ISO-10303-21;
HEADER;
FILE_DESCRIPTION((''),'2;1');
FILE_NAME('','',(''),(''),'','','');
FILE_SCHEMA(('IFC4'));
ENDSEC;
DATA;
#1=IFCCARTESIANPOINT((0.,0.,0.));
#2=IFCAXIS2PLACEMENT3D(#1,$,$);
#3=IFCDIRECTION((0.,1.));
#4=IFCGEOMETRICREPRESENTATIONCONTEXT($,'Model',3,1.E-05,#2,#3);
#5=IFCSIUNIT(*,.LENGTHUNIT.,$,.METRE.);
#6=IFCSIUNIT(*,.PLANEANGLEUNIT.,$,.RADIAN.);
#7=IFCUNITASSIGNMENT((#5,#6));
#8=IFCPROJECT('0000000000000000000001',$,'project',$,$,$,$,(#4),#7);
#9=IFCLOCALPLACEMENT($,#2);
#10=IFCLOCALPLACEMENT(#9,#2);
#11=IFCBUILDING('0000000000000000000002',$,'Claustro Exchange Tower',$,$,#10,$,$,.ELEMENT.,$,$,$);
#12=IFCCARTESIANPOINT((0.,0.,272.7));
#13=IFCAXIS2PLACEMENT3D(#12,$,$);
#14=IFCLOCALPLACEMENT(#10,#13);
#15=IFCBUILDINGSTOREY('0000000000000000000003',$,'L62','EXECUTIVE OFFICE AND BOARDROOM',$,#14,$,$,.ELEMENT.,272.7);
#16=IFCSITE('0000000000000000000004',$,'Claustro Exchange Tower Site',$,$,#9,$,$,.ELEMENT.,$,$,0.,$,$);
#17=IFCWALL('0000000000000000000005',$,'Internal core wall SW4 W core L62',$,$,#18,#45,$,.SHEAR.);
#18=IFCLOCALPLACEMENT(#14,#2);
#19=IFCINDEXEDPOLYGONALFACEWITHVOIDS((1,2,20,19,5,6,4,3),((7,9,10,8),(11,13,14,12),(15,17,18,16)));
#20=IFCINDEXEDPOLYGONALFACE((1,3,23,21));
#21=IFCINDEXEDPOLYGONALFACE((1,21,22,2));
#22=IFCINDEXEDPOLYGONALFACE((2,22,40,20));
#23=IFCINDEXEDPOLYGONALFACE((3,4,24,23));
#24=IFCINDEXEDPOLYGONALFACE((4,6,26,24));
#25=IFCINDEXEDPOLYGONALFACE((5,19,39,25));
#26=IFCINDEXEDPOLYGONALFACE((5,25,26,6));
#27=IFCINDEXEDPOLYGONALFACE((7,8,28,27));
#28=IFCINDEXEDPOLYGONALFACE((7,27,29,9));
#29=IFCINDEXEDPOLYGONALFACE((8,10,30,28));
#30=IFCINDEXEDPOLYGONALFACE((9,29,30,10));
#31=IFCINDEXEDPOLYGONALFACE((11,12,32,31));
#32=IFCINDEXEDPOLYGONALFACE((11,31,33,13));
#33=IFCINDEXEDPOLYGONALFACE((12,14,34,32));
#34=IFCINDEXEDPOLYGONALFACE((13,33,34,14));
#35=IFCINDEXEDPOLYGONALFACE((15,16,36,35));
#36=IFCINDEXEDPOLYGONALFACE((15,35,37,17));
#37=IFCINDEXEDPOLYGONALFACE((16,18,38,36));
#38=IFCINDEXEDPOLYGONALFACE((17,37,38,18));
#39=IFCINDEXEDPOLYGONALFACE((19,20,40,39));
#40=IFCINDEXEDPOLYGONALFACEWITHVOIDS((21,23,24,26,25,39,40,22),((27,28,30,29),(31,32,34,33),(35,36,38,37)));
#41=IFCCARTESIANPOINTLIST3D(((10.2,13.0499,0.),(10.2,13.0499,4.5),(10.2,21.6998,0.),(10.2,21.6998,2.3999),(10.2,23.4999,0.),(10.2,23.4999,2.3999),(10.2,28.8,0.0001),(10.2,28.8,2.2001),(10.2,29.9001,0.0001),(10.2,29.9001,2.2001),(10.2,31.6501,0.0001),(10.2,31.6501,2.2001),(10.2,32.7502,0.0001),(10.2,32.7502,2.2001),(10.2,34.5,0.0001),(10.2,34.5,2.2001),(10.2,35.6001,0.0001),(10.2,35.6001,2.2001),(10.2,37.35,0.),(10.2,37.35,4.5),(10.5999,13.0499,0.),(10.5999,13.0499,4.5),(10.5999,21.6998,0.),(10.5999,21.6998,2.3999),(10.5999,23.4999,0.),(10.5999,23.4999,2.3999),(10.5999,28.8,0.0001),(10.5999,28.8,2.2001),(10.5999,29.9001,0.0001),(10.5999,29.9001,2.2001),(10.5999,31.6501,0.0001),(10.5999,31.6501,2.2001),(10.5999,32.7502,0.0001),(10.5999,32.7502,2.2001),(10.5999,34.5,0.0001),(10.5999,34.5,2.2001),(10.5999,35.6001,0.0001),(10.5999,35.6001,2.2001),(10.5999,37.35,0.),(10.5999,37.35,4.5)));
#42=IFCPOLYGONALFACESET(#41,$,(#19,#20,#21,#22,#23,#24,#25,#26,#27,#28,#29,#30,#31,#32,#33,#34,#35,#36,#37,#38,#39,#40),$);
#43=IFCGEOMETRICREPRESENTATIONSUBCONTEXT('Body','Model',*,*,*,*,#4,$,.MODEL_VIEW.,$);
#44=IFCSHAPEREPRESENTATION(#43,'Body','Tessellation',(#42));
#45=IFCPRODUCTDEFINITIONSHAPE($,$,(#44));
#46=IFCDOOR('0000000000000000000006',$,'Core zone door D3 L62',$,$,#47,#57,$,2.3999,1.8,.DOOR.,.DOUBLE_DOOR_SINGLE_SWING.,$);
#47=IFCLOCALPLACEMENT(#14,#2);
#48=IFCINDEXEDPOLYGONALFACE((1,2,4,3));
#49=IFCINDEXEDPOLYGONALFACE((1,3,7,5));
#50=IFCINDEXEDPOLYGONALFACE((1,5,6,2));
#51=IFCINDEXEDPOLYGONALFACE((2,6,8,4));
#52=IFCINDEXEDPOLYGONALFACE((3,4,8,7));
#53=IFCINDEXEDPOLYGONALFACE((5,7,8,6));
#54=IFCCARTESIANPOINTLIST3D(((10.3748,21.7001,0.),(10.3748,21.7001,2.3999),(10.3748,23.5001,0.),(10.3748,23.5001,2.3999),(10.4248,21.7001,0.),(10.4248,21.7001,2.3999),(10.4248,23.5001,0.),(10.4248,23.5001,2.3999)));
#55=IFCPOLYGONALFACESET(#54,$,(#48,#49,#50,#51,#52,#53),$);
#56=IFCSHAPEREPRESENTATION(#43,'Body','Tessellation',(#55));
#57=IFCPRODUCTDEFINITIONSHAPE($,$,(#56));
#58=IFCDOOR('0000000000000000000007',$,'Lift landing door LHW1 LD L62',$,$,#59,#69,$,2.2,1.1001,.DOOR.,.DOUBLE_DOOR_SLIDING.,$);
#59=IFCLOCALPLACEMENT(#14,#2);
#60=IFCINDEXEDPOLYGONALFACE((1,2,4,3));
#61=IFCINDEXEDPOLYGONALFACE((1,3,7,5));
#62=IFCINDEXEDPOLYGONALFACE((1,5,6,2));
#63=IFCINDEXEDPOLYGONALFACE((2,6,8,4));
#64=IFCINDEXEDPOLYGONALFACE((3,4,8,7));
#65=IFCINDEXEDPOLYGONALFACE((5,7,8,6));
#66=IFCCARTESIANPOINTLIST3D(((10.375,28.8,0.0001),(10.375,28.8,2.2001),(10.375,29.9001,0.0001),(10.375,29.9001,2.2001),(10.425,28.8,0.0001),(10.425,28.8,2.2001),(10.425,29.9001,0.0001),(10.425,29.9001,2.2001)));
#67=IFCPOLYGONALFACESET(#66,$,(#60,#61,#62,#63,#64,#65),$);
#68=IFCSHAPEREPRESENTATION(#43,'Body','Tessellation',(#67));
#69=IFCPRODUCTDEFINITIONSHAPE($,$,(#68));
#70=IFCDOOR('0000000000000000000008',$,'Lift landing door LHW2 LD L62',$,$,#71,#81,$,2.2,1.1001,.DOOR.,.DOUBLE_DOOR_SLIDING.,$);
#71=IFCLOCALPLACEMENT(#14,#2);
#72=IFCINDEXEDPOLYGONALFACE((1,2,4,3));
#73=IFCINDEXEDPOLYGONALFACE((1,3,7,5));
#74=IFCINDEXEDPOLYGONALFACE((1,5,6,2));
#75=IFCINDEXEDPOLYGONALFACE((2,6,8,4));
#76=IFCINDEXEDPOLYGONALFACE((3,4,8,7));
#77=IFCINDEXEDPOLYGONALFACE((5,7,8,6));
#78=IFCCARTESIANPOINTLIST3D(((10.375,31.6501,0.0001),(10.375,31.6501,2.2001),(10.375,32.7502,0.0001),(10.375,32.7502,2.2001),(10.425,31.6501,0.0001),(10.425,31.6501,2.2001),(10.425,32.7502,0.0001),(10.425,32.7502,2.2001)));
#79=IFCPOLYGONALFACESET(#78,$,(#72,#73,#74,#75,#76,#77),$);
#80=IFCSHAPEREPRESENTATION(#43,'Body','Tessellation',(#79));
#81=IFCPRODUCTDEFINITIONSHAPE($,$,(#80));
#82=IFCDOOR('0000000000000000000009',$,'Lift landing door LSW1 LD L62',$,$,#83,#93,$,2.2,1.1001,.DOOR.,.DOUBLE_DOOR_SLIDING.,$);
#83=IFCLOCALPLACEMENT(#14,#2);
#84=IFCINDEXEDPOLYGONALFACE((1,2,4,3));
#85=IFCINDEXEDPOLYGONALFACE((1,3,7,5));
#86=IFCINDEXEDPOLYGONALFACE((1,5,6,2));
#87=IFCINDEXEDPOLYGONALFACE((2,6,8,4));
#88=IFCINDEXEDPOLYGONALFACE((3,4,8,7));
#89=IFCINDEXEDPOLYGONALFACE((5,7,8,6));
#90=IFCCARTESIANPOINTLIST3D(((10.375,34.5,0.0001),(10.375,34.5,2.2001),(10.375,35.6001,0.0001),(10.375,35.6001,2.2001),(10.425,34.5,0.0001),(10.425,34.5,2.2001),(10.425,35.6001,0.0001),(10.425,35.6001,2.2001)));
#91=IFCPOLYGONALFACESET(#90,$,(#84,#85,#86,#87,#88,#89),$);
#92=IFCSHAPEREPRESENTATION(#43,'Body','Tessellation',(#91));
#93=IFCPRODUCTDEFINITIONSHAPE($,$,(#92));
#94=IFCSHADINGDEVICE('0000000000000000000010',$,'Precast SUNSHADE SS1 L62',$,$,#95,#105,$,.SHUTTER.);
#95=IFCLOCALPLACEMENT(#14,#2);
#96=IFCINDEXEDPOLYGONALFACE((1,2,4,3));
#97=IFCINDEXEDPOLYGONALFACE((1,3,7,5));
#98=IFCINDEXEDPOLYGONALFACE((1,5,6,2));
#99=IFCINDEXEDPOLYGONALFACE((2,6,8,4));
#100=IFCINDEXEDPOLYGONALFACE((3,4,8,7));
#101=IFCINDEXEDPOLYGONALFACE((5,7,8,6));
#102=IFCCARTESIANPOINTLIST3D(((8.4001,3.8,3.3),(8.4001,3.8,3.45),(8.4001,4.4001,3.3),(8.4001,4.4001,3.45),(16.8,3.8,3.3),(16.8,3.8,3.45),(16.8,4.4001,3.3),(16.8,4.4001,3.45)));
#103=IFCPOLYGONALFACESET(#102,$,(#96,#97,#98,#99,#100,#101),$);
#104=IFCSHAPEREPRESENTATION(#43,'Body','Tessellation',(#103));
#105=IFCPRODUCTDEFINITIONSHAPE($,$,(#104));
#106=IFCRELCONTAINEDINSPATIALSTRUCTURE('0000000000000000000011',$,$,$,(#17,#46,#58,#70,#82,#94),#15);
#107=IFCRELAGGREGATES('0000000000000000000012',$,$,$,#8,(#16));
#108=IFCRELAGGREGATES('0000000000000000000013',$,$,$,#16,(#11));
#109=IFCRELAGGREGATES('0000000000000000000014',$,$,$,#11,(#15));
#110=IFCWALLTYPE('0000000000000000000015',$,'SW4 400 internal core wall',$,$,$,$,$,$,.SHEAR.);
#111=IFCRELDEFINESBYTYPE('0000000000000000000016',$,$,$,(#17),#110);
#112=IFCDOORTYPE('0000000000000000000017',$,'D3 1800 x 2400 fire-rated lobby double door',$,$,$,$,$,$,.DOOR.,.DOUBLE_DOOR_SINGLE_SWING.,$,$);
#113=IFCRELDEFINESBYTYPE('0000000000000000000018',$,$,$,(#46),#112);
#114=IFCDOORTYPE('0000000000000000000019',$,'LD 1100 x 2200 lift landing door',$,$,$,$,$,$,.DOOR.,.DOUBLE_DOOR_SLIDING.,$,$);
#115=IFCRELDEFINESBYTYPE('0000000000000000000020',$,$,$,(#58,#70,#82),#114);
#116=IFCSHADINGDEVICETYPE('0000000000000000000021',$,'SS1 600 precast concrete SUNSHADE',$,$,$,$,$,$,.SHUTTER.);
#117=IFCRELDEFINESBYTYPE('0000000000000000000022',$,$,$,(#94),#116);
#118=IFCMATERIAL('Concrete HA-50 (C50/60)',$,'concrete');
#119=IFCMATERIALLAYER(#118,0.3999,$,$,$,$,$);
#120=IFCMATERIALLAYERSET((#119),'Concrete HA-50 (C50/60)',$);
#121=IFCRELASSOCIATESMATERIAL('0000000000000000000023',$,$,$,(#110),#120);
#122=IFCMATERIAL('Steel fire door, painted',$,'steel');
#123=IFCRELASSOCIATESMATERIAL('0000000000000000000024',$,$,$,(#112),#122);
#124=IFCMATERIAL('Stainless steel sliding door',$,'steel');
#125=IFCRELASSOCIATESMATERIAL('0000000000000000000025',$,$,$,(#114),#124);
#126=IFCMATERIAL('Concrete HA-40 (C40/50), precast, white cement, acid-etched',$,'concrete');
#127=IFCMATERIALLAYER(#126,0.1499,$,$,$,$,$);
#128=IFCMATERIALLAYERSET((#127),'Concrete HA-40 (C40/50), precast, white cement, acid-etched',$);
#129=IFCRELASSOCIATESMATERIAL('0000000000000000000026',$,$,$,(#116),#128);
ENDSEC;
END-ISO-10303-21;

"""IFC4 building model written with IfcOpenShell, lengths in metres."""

from ifc_helpers import new_model, si_unit, direction, frame, frame_2d, origin, origin_2d, place, context, subcontext, project, spatial, rectangle, extrude, material, layer, layer_set, type_object, element, fill, save


model = new_model("IFC4")

# Units and contexts
model_context = context("Model", 3, precision=1e-05, world=origin(), true_north=direction((0.0, 1.0)))
body_context = subcontext(model_context, "Body", "Model", "MODEL_VIEW")
ifc_project = project(units=[si_unit("LENGTHUNIT", "METRE"), si_unit("PLANEANGLEUNIT", "RADIAN")], contexts=[model_context])

# Site, building, storey
site_placement = place(None, origin())
site = spatial("IfcSite", under=ifc_project, at=site_placement, Name="Claustro Exchange Tower Site", CompositionType="ELEMENT", RefElevation=0.0)
building_placement = place(site_placement, origin())
building = spatial("IfcBuilding", under=site, at=building_placement, Name="Claustro Exchange Tower", CompositionType="ELEMENT")
storey_placement = place(building_placement, frame((0.0, 0.0, 272.7)))
storey = spatial("IfcBuildingStorey", under=building, at=storey_placement, Name="L62", Description="EXECUTIVE OFFICE AND BOARDROOM", CompositionType="ELEMENT", Elevation=272.7)

# Wall, openings, doors
ifc_material_1 = material(Name="Concrete HA-50 (C50/60)", Category="concrete")
ifc_layer_1 = layer(ifc_material_1, 0.3999)
ifc_layer_set_1 = layer_set([ifc_layer_1], Name="Concrete HA-50 (C50/60)")
wall_type_1 = type_object("IfcWallType", Name="SW4 400 internal core wall", PredefinedType="SHEAR", material=ifc_layer_set_1)
wall_1_placement = place(storey_placement, frame((10.3999, 13.05, 0.0), z_axis=(0.0, 0.0, 1.0), x_axis=(0.0, 1.0, 0.0)))
wall_1 = element("IfcWall", 1, at=wall_1_placement, inside=storey, type_object=wall_type_1, Name="Internal core wall SW4 W core L62", PredefinedType="SHEAR", context=body_context, shape_type="SweptSolid", body=[
    extrude(rectangle(XDim=24.3, YDim=0.3999, at=frame_2d((12.1499, 0.0))), origin(), (0.0, 0.0, 1.0), 4.5),
])
opening_1_placement = place(wall_1_placement, frame((15.75, 0.0, 0.0)))
opening_1 = element("IfcOpeningElement", 2, at=opening_1_placement, cuts=wall_1, PredefinedType="OPENING", context=body_context, shape_type="SweptSolid", body=[
    extrude(rectangle(XDim=1.1001, YDim=2.2, at=frame_2d((0.55, 1.1001))), frame((0.0, 0.21, 0.0), z_axis=(0.0, -1.0, 0.0), x_axis=(1.0, 0.0, 0.0)), (0.0, 0.0, 1.0), 0.4199),
])
opening_2_placement = place(wall_1_placement, frame((18.6001, 0.0, 0.0)))
opening_2 = element("IfcOpeningElement", 3, at=opening_2_placement, cuts=wall_1, PredefinedType="OPENING", context=body_context, shape_type="SweptSolid", body=[
    extrude(rectangle(XDim=1.1001, YDim=2.2, at=frame_2d((0.55, 1.1001))), frame((0.0, 0.21, 0.0), z_axis=(0.0, -1.0, 0.0), x_axis=(1.0, 0.0, 0.0)), (0.0, 0.0, 1.0), 0.4199),
])
opening_3_placement = place(wall_1_placement, frame((21.45, 0.0, 0.0)))
opening_3 = element("IfcOpeningElement", 4, at=opening_3_placement, cuts=wall_1, PredefinedType="OPENING", context=body_context, shape_type="SweptSolid", body=[
    extrude(rectangle(XDim=1.1001, YDim=2.2, at=frame_2d((0.55, 1.1001))), frame((0.0, 0.21, 0.0), z_axis=(0.0, -1.0, 0.0), x_axis=(1.0, 0.0, 0.0)), (0.0, 0.0, 1.0), 0.4199),
])
opening_4_placement = place(wall_1_placement, frame((8.6499, 0.0, 0.0)))
opening_4 = element("IfcOpeningElement", 5, at=opening_4_placement, cuts=wall_1, PredefinedType="OPENING", context=body_context, shape_type="SweptSolid", body=[
    extrude(rectangle(XDim=1.8, YDim=2.3999, at=frame_2d((0.8999, 1.2))), frame((0.0, 0.21, 0.0), z_axis=(0.0, -1.0, 0.0), x_axis=(1.0, 0.0, 0.0)), (0.0, 0.0, 1.0), 0.4199),
])
ifc_material_2 = material(Name="Steel fire door, painted", Category="steel")
door_type_1 = type_object("IfcDoorType", Name="D3 1800 x 2400 fire-rated lobby double door", OperationType="DOUBLE_DOOR_SINGLE_SWING", PredefinedType="DOOR", material=ifc_material_2)
door_1_placement = place(opening_4_placement, frame((1.8, 0.0, 0.0), z_axis=(0.0, 0.0, 1.0), x_axis=(-1.0, 0.0, 0.0)))
door_1 = element("IfcDoor", 6, at=door_1_placement, inside=storey, type_object=door_type_1, Name="Core zone door D3 L62", OperationType="DOUBLE_DOOR_SINGLE_SWING", OverallHeight=2.3999, OverallWidth=1.8, PredefinedType="DOOR", context=body_context, shape_type="SweptSolid", body=[
    extrude(rectangle(XDim=1.8, YDim=2.3999, at=frame_2d((0.8999, 1.2))), frame((0.0, 0.0249, 0.0), z_axis=(0.0, -1.0, 0.0), x_axis=(1.0, 0.0, 0.0)), (0.0, 0.0, 1.0), 0.05),
])
fill(opening_4, door_1)
ifc_material_3 = material(Name="Stainless steel sliding door", Category="steel")
door_type_2 = type_object("IfcDoorType", Name="LD 1100 x 2200 lift landing door", OperationType="DOUBLE_DOOR_SLIDING", PredefinedType="DOOR", material=ifc_material_3)
door_2_placement = place(opening_1_placement, origin())
door_2 = element("IfcDoor", 7, at=door_2_placement, inside=storey, type_object=door_type_2, Name="Lift landing door LHW1 LD L62", OperationType="DOUBLE_DOOR_SLIDING", OverallHeight=2.2, OverallWidth=1.1001, PredefinedType="DOOR", context=body_context, shape_type="SweptSolid", body=[
    extrude(rectangle(XDim=1.1001, YDim=2.2, at=frame_2d((0.55, 1.1001))), frame((0.0, 0.0249, 0.0), z_axis=(0.0, -1.0, 0.0), x_axis=(1.0, 0.0, 0.0)), (0.0, 0.0, 1.0), 0.05),
])
fill(opening_1, door_2)
door_3_placement = place(opening_2_placement, origin())
door_3 = element("IfcDoor", 8, at=door_3_placement, inside=storey, type_object=door_type_2, Name="Lift landing door LHW2 LD L62", OperationType="DOUBLE_DOOR_SLIDING", OverallHeight=2.2, OverallWidth=1.1001, PredefinedType="DOOR", context=body_context, shape_type="SweptSolid", body=[
    extrude(rectangle(XDim=1.1001, YDim=2.2, at=frame_2d((0.55, 1.1001))), frame((0.0, 0.0249, 0.0), z_axis=(0.0, -1.0, 0.0), x_axis=(1.0, 0.0, 0.0)), (0.0, 0.0, 1.0), 0.05),
])
fill(opening_2, door_3)
door_4_placement = place(opening_3_placement, origin())
door_4 = element("IfcDoor", 9, at=door_4_placement, inside=storey, type_object=door_type_2, Name="Lift landing door LSW1 LD L62", OperationType="DOUBLE_DOOR_SLIDING", OverallHeight=2.2, OverallWidth=1.1001, PredefinedType="DOOR", context=body_context, shape_type="SweptSolid", body=[
    extrude(rectangle(XDim=1.1001, YDim=2.2, at=frame_2d((0.55, 1.1001))), frame((0.0, 0.0249, 0.0), z_axis=(0.0, -1.0, 0.0), x_axis=(1.0, 0.0, 0.0)), (0.0, 0.0, 1.0), 0.05),
])
fill(opening_3, door_4)

# Shading device
ifc_material_4 = material(Name="Concrete HA-40 (C40/50), precast, white cement, acid-etched", Category="concrete")
ifc_layer_2 = layer(ifc_material_4, 0.1499)
ifc_layer_set_2 = layer_set([ifc_layer_2], Name="Concrete HA-40 (C40/50), precast, white cement, acid-etched")
shading_device_type = type_object("IfcShadingDeviceType", Name="SS1 600 precast concrete SUNSHADE", PredefinedType="SHUTTER", material=ifc_layer_set_2)
shading_device_placement = place(storey_placement, frame((12.6001, 4.1001, 3.3), z_axis=(0.0, 0.0, 1.0), x_axis=(-1.0, 0.0, 0.0)))
element("IfcShadingDevice", 10, at=shading_device_placement, inside=storey, type_object=shading_device_type, Name="Precast SUNSHADE SS1 L62", PredefinedType="SHUTTER", context=body_context, shape_type="SweptSolid", body=[
    extrude(rectangle(XDim=8.3999, YDim=0.6001, at=origin_2d()), origin(), (0.0, 0.0, 1.0), 0.1499),
])

save(model, "model.ifc")
